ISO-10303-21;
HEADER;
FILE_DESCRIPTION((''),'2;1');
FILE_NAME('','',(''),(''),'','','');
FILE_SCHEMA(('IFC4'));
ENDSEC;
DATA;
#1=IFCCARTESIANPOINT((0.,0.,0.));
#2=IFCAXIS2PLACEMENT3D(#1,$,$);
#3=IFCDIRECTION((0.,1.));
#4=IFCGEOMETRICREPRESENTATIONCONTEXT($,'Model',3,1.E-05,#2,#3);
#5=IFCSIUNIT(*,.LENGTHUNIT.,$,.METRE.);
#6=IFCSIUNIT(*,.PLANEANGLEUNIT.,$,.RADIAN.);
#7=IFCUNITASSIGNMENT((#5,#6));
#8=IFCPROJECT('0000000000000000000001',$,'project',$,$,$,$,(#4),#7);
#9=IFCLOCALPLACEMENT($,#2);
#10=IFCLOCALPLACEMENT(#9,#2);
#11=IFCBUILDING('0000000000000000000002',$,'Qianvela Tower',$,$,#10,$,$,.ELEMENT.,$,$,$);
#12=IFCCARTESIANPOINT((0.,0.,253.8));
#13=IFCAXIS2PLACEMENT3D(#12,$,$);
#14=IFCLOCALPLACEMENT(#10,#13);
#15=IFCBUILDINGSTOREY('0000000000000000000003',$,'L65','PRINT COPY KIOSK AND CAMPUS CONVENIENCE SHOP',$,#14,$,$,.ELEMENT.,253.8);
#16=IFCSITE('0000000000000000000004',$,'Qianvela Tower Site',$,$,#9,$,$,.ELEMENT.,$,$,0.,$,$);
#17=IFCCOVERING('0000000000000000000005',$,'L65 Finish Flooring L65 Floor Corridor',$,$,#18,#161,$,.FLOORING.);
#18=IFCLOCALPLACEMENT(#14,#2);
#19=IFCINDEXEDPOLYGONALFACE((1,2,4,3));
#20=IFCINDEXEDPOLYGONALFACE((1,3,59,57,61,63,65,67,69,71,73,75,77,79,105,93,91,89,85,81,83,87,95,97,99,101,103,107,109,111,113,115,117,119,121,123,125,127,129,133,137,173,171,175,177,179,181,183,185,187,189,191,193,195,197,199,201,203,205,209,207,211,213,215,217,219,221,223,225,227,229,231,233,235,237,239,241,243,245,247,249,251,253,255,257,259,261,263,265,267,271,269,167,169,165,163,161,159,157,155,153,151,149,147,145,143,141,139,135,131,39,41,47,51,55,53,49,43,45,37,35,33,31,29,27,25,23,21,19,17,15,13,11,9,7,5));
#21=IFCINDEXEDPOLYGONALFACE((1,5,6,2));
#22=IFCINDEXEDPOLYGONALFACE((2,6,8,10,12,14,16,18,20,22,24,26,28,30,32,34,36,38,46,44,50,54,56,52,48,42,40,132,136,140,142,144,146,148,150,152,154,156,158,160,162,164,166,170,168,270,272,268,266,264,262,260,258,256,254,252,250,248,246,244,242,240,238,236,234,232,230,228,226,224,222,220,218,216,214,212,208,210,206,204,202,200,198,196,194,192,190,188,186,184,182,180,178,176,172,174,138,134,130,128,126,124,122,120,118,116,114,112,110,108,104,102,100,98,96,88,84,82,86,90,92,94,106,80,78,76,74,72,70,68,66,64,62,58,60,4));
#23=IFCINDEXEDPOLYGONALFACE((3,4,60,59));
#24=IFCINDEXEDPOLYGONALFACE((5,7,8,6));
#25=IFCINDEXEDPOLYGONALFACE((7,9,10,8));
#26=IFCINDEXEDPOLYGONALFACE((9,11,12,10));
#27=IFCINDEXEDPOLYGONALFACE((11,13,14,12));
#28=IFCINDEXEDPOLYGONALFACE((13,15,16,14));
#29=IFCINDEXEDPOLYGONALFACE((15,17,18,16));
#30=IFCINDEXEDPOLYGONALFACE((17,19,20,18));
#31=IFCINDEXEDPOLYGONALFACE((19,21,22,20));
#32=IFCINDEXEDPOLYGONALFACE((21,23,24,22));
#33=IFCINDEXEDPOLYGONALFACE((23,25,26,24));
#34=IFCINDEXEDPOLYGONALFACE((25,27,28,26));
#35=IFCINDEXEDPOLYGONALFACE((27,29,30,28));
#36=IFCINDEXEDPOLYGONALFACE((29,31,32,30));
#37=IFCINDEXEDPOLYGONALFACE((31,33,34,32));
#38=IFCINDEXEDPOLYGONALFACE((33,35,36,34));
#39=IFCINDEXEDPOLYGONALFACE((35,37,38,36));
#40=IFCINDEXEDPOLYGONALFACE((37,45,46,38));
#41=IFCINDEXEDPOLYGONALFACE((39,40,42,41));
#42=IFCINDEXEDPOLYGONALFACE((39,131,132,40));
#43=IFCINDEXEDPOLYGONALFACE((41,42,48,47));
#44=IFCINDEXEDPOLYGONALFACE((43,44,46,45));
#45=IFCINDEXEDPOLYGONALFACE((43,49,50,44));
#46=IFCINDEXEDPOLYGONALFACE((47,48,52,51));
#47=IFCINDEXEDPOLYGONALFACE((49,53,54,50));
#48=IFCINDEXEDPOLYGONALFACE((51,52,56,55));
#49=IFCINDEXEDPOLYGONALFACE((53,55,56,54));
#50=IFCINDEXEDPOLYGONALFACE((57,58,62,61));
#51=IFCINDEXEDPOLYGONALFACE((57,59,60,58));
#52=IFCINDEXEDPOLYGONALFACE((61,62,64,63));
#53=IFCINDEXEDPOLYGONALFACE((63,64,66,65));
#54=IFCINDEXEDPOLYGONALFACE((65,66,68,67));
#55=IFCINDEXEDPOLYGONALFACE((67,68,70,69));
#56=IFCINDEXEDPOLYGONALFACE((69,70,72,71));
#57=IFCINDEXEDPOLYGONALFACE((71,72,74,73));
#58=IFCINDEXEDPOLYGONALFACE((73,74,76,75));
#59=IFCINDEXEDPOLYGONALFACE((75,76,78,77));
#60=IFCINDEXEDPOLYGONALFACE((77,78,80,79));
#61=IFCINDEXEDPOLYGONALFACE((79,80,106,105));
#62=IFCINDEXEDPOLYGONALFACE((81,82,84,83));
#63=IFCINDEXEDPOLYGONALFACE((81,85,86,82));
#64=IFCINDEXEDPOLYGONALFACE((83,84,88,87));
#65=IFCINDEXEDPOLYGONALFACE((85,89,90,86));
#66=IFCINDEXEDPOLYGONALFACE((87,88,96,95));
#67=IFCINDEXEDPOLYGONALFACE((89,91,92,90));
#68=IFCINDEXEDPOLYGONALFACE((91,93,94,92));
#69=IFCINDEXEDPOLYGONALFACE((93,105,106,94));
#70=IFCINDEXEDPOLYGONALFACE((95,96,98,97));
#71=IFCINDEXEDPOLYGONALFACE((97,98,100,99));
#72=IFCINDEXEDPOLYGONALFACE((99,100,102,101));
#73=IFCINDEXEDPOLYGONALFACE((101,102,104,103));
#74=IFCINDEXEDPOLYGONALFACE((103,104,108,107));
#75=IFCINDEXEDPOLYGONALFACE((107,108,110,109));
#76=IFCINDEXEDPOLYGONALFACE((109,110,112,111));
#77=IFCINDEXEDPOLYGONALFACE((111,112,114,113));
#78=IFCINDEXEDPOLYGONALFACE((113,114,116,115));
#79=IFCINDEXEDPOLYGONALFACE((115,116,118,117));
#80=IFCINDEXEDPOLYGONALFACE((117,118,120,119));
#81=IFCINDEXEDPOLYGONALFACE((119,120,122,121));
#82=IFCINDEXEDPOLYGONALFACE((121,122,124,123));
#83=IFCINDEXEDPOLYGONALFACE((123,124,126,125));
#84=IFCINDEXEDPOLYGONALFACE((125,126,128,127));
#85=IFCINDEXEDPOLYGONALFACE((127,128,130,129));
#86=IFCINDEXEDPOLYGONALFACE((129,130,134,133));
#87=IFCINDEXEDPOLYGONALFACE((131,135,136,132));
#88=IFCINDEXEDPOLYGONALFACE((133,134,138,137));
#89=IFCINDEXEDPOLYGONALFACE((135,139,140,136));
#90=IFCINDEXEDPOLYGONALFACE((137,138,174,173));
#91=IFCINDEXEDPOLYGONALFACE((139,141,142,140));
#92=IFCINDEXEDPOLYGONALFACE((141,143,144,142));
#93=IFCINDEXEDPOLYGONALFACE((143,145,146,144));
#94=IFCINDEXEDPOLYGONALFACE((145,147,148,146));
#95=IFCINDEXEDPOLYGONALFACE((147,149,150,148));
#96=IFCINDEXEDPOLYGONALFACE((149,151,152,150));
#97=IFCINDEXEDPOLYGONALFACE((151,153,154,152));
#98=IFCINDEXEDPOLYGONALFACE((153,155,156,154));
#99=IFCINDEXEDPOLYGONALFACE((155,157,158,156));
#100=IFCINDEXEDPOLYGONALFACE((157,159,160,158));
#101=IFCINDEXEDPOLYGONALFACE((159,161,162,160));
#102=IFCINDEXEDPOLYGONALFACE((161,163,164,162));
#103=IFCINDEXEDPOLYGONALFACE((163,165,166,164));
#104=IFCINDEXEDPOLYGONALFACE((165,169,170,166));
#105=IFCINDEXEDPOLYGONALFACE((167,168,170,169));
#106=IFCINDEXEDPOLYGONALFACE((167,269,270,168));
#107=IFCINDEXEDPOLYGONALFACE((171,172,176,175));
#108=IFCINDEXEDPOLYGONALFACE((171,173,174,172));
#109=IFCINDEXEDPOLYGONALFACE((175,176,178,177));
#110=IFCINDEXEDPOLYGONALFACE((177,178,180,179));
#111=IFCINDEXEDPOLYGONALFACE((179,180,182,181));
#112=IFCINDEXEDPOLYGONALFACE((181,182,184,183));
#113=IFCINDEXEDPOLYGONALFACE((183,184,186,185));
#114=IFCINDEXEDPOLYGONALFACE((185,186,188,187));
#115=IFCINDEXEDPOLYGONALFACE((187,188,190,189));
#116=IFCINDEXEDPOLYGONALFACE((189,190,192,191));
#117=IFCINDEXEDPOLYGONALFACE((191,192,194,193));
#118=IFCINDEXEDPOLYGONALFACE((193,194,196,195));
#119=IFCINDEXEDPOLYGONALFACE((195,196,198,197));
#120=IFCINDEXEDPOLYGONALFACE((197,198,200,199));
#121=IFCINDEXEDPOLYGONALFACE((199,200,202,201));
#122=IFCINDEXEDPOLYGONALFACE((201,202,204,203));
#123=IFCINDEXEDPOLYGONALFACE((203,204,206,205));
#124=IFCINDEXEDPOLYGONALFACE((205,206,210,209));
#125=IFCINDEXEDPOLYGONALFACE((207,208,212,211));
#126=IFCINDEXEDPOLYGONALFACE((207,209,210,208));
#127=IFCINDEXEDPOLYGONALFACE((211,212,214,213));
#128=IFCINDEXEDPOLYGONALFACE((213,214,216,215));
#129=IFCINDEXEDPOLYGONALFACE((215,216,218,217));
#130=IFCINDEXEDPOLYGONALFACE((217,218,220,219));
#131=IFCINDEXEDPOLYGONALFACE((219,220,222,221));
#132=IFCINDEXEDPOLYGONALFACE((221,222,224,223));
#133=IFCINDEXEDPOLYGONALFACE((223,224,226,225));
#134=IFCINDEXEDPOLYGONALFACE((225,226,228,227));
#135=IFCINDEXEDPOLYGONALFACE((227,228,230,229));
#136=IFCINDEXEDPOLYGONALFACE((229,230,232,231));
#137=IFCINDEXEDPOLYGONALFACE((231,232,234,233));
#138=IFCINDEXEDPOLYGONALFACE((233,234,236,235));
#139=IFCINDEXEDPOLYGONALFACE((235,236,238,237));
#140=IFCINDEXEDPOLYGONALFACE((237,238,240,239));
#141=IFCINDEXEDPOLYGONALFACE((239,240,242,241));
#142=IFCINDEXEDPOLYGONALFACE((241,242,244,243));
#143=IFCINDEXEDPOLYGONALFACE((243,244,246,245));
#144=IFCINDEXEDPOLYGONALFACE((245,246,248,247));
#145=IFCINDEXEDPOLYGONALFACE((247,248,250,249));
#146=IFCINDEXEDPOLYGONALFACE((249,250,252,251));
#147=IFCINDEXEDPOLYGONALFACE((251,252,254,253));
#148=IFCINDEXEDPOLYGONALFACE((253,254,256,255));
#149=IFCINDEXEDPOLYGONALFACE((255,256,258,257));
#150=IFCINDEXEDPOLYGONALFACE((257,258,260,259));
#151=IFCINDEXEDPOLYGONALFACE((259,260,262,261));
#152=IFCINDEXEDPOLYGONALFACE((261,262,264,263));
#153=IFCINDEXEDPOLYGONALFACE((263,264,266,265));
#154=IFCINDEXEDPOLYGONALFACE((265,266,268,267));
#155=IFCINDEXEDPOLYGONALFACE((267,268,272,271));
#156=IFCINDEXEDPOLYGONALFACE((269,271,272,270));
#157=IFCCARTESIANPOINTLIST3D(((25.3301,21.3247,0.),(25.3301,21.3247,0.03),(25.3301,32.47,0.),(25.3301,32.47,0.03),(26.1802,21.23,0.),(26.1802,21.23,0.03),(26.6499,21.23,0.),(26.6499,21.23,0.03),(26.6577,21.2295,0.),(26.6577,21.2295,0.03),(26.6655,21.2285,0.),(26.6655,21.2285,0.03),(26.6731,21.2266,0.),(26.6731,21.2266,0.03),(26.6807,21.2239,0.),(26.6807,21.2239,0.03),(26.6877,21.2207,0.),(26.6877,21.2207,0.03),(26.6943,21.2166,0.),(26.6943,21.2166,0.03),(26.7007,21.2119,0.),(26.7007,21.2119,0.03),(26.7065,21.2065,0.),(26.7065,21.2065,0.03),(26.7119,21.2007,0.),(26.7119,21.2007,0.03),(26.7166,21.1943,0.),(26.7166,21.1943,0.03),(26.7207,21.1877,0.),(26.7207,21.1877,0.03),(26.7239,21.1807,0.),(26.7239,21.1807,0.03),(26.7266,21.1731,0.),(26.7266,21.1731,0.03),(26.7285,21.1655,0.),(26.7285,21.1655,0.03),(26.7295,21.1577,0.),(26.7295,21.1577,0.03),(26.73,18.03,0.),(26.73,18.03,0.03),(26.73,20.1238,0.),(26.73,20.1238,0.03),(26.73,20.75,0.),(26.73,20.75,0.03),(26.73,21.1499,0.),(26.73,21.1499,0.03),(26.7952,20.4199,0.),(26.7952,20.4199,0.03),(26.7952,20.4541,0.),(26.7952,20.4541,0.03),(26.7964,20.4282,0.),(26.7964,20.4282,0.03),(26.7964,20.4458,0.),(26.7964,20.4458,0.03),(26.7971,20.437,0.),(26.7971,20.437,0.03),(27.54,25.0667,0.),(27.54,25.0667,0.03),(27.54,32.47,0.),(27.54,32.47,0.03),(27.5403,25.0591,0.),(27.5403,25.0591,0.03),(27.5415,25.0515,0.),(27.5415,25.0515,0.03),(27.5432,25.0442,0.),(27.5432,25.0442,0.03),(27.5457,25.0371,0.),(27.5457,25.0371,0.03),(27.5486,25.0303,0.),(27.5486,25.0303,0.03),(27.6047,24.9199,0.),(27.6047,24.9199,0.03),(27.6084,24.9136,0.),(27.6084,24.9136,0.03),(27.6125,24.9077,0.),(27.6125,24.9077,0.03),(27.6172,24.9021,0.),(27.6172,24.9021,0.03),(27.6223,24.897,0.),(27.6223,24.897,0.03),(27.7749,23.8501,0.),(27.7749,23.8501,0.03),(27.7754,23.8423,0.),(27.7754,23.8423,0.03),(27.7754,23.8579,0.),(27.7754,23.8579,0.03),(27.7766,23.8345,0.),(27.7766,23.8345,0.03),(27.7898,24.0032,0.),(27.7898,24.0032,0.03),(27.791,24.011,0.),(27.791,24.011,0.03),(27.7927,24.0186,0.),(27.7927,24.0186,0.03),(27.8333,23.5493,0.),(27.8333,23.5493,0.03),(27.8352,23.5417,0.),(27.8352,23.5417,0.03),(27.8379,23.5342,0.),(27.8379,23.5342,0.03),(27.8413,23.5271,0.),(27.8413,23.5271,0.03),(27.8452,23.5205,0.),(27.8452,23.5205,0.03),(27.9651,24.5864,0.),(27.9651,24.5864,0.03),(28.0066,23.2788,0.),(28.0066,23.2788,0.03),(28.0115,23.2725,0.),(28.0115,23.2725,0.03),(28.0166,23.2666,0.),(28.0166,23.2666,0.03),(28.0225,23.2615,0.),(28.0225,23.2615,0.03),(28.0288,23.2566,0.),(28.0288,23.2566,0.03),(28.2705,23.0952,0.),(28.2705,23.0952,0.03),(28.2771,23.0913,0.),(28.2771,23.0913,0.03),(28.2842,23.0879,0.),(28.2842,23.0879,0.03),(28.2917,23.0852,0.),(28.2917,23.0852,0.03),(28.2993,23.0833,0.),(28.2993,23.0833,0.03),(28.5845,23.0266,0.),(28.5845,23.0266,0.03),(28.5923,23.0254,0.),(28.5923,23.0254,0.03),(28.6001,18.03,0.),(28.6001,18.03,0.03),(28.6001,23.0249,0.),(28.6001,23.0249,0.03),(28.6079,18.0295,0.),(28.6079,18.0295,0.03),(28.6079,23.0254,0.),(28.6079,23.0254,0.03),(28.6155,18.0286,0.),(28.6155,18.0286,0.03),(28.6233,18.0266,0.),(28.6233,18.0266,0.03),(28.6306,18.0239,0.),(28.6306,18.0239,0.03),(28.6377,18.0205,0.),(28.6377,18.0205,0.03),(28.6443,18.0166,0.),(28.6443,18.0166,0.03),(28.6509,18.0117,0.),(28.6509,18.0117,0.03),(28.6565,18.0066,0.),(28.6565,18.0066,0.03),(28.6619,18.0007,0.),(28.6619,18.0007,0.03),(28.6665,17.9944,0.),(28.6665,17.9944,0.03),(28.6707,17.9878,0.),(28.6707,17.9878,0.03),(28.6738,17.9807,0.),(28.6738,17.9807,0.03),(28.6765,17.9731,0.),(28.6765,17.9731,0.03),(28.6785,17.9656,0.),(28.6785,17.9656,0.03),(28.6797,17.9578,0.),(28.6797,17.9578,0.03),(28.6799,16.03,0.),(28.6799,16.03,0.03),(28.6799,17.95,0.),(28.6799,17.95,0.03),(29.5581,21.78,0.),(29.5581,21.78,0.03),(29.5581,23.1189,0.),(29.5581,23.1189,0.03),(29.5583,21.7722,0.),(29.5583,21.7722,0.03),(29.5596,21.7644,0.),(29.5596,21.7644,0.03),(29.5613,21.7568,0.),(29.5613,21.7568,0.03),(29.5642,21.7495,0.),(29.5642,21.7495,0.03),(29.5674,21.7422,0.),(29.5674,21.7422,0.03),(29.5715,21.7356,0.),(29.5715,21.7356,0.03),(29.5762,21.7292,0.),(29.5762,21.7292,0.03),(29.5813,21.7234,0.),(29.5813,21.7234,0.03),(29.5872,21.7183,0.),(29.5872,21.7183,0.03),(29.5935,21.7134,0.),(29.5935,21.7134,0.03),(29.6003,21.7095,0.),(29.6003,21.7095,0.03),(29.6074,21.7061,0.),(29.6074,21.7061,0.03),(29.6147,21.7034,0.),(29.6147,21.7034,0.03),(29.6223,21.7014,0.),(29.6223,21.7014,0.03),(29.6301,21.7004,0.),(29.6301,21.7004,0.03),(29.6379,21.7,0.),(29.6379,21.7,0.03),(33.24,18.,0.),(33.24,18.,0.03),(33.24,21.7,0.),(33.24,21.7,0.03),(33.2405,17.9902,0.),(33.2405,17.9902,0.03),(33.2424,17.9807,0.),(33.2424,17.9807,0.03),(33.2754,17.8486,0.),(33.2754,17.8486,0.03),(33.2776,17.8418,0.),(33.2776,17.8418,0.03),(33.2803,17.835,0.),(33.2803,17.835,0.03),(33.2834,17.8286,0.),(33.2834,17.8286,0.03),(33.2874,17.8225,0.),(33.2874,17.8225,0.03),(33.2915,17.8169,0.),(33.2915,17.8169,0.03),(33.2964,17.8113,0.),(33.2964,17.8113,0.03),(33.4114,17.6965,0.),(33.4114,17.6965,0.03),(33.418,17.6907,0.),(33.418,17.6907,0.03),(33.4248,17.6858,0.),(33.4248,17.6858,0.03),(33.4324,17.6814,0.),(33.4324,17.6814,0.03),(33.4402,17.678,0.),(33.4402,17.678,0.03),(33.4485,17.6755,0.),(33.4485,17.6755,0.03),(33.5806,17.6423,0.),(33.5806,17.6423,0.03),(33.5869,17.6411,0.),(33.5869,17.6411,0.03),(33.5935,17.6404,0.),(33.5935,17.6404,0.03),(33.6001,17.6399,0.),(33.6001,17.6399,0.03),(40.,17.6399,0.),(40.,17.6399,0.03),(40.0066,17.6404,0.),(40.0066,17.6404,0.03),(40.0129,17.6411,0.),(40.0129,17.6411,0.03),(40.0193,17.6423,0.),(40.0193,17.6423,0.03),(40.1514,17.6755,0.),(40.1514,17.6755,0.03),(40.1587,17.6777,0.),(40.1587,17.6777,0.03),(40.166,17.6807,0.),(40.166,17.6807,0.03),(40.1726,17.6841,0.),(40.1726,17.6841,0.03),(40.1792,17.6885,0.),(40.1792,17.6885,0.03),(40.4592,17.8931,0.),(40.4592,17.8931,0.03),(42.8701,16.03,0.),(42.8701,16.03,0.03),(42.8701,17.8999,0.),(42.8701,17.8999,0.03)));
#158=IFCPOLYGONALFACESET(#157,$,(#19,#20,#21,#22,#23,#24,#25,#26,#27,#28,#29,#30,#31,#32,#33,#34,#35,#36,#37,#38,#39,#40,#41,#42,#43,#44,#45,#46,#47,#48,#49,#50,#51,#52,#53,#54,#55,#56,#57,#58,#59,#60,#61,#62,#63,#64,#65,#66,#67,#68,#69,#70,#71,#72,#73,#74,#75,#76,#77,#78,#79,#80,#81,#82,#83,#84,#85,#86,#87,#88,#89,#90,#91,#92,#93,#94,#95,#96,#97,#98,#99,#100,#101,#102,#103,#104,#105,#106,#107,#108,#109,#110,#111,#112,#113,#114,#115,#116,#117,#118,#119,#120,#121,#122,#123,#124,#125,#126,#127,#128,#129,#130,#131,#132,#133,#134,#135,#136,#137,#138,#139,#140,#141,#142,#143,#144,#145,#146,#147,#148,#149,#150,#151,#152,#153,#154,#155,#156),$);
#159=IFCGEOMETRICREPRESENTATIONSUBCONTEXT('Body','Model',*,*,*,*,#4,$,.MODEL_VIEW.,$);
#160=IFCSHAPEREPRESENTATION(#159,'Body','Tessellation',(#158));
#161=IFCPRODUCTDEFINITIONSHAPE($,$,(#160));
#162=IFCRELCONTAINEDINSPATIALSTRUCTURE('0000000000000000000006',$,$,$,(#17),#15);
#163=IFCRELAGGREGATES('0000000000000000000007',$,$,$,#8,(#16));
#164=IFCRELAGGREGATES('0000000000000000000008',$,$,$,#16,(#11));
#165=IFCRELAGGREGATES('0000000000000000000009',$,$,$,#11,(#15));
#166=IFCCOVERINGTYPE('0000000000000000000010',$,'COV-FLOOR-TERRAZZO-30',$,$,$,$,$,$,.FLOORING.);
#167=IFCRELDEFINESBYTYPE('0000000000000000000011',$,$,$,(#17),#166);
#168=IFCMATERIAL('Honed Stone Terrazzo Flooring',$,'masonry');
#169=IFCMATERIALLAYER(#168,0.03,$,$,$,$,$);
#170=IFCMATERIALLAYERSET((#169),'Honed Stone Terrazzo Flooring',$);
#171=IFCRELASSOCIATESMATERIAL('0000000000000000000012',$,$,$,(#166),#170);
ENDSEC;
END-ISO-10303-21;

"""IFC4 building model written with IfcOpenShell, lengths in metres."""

from ifc_helpers import new_model, si_unit, direction, frame, origin, place, context, subcontext, project, spatial, polyline, outline, extrude, material, layer, layer_set, type_object, element, save


model = new_model("IFC4")

# Units and contexts
model_context = context("Model", 3, precision=1e-05, world=origin(), true_north=direction((0.0, 1.0)))
body_context = subcontext(model_context, "Body", "Model", "MODEL_VIEW")
ifc_project = project(units=[si_unit("LENGTHUNIT", "METRE"), si_unit("PLANEANGLEUNIT", "RADIAN")], contexts=[model_context])

# Site, building, storey
site_placement = place(None, origin())
site = spatial("IfcSite", under=ifc_project, at=site_placement, Name="Qianvela Tower Site", CompositionType="ELEMENT", RefElevation=0.0)
building_placement = place(site_placement, origin())
building = spatial("IfcBuilding", under=site, at=building_placement, Name="Qianvela Tower", CompositionType="ELEMENT")
storey_placement = place(building_placement, frame((0.0, 0.0, 253.8)))
storey = spatial("IfcBuildingStorey", under=building, at=storey_placement, Name="L65", Description="PRINT COPY KIOSK AND CAMPUS CONVENIENCE SHOP", CompositionType="ELEMENT", Elevation=253.8)

# Covering
ifc_material_1 = material(Name="Honed Stone Terrazzo Flooring", Category="masonry")
ifc_layer_1 = layer(ifc_material_1, 0.03)
ifc_layer_set_1 = layer_set([ifc_layer_1], Name="Honed Stone Terrazzo Flooring")
covering_type_1 = type_object("IfcCoveringType", Name="COV-FLOOR-TERRAZZO-30", PredefinedType="FLOORING", material=ifc_layer_set_1)
covering_1_placement = place(storey_placement, origin())
element("IfcCovering", 1, at=covering_1_placement, inside=storey, type_object=covering_type_1, Name="L65 Finish Flooring L65 Floor Corridor", PredefinedType="FLOORING", context=body_context, shape_type="SweptSolid", body=[
    extrude(outline(polyline([(27.7927, 24.0186), (27.791, 24.011), (27.7898, 24.0032), (27.7754, 23.8579), (27.7749, 23.8501), (27.7754, 23.8423), (27.7766, 23.8345), (27.8333, 23.5493), (27.8352, 23.5417), (27.8379, 23.5342), (27.8413, 23.5271), (27.8452, 23.5205), (28.0066, 23.2788), (28.0115, 23.2725), (28.0166, 23.2666), (28.0225, 23.2615), (28.0288, 23.2566), (28.2705, 23.0952), (28.2771, 23.0913), (28.2842, 23.0879), (28.2917, 23.0852), (28.2993, 23.0833), (28.5845, 23.0266), (28.5923, 23.0254), (28.6001, 23.0249), (28.6079, 23.0254), (29.5581, 23.1189), (29.5581, 21.78), (29.5583, 21.7722), (29.5596, 21.7644), (29.5613, 21.7568), (29.5642, 21.7495), (29.5674, 21.7422), (29.5715, 21.7356), (29.5762, 21.7292), (29.5813, 21.7234), (29.5872, 21.7183), (29.5935, 21.7134), (29.6003, 21.7095), (29.6074, 21.7061), (29.6147, 21.7034), (29.6223, 21.7014), (29.6301, 21.7004), (29.6379, 21.7), (33.24, 21.7), (33.24, 18.0), (33.2405, 17.9902), (33.2424, 17.9807), (33.2754, 17.8486), (33.2776, 17.8418), (33.2803, 17.835), (33.2834, 17.8286), (33.2874, 17.8225), (33.2915, 17.8169), (33.2964, 17.8113), (33.4114, 17.6965), (33.418, 17.6907), (33.4248, 17.6858), (33.4324, 17.6814), (33.4402, 17.678), (33.4485, 17.6755), (33.5806, 17.6423), (33.5869, 17.6411), (33.5935, 17.6404), (33.6001, 17.6399), (40.0, 17.6399), (40.0066, 17.6404), (40.0129, 17.6411), (40.0193, 17.6423), (40.1514, 17.6755), (40.1587, 17.6777), (40.166, 17.6807), (40.1726, 17.6841), (40.1792, 17.6885), (40.4592, 17.8931), (42.8701, 17.8999), (42.8701, 16.03), (28.6799, 16.03), (28.6799, 17.95), (28.6797, 17.9578), (28.6785, 17.9656), (28.6765, 17.9731), (28.6738, 17.9807), (28.6707, 17.9878), (28.6665, 17.9944), (28.6619, 18.0007), (28.6565, 18.0066), (28.6509, 18.0117), (28.6443, 18.0166), (28.6377, 18.0205), (28.6306, 18.0239), (28.6233, 18.0266), (28.6155, 18.0286), (28.6079, 18.0295), (28.6001, 18.03), (26.73, 18.03), (26.73, 20.1238), (26.7952, 20.4199), (26.7964, 20.4282), (26.7971, 20.437), (26.7964, 20.4458), (26.7952, 20.4541), (26.73, 20.75), (26.73, 21.1499), (26.7295, 21.1577), (26.7285, 21.1655), (26.7266, 21.1731), (26.7239, 21.1807), (26.7207, 21.1877), (26.7166, 21.1943), (26.7119, 21.2007), (26.7065, 21.2065), (26.7007, 21.2119), (26.6943, 21.2166), (26.6877, 21.2207), (26.6807, 21.2239), (26.6731, 21.2266), (26.6655, 21.2285), (26.6577, 21.2295), (26.6499, 21.23), (26.1802, 21.23), (25.3301, 21.3247), (25.3301, 32.47), (27.54, 32.47), (27.54, 25.0667), (27.5403, 25.0591), (27.5415, 25.0515), (27.5432, 25.0442), (27.5457, 25.0371), (27.5486, 25.0303), (27.6047, 24.9199), (27.6084, 24.9136), (27.6125, 24.9077), (27.6172, 24.9021), (27.6223, 24.897), (27.9651, 24.5864), (27.7927, 24.0186)])), origin(), (0.0, 0.0, 1.0), 0.03),
])

save(model, "model.ifc")
